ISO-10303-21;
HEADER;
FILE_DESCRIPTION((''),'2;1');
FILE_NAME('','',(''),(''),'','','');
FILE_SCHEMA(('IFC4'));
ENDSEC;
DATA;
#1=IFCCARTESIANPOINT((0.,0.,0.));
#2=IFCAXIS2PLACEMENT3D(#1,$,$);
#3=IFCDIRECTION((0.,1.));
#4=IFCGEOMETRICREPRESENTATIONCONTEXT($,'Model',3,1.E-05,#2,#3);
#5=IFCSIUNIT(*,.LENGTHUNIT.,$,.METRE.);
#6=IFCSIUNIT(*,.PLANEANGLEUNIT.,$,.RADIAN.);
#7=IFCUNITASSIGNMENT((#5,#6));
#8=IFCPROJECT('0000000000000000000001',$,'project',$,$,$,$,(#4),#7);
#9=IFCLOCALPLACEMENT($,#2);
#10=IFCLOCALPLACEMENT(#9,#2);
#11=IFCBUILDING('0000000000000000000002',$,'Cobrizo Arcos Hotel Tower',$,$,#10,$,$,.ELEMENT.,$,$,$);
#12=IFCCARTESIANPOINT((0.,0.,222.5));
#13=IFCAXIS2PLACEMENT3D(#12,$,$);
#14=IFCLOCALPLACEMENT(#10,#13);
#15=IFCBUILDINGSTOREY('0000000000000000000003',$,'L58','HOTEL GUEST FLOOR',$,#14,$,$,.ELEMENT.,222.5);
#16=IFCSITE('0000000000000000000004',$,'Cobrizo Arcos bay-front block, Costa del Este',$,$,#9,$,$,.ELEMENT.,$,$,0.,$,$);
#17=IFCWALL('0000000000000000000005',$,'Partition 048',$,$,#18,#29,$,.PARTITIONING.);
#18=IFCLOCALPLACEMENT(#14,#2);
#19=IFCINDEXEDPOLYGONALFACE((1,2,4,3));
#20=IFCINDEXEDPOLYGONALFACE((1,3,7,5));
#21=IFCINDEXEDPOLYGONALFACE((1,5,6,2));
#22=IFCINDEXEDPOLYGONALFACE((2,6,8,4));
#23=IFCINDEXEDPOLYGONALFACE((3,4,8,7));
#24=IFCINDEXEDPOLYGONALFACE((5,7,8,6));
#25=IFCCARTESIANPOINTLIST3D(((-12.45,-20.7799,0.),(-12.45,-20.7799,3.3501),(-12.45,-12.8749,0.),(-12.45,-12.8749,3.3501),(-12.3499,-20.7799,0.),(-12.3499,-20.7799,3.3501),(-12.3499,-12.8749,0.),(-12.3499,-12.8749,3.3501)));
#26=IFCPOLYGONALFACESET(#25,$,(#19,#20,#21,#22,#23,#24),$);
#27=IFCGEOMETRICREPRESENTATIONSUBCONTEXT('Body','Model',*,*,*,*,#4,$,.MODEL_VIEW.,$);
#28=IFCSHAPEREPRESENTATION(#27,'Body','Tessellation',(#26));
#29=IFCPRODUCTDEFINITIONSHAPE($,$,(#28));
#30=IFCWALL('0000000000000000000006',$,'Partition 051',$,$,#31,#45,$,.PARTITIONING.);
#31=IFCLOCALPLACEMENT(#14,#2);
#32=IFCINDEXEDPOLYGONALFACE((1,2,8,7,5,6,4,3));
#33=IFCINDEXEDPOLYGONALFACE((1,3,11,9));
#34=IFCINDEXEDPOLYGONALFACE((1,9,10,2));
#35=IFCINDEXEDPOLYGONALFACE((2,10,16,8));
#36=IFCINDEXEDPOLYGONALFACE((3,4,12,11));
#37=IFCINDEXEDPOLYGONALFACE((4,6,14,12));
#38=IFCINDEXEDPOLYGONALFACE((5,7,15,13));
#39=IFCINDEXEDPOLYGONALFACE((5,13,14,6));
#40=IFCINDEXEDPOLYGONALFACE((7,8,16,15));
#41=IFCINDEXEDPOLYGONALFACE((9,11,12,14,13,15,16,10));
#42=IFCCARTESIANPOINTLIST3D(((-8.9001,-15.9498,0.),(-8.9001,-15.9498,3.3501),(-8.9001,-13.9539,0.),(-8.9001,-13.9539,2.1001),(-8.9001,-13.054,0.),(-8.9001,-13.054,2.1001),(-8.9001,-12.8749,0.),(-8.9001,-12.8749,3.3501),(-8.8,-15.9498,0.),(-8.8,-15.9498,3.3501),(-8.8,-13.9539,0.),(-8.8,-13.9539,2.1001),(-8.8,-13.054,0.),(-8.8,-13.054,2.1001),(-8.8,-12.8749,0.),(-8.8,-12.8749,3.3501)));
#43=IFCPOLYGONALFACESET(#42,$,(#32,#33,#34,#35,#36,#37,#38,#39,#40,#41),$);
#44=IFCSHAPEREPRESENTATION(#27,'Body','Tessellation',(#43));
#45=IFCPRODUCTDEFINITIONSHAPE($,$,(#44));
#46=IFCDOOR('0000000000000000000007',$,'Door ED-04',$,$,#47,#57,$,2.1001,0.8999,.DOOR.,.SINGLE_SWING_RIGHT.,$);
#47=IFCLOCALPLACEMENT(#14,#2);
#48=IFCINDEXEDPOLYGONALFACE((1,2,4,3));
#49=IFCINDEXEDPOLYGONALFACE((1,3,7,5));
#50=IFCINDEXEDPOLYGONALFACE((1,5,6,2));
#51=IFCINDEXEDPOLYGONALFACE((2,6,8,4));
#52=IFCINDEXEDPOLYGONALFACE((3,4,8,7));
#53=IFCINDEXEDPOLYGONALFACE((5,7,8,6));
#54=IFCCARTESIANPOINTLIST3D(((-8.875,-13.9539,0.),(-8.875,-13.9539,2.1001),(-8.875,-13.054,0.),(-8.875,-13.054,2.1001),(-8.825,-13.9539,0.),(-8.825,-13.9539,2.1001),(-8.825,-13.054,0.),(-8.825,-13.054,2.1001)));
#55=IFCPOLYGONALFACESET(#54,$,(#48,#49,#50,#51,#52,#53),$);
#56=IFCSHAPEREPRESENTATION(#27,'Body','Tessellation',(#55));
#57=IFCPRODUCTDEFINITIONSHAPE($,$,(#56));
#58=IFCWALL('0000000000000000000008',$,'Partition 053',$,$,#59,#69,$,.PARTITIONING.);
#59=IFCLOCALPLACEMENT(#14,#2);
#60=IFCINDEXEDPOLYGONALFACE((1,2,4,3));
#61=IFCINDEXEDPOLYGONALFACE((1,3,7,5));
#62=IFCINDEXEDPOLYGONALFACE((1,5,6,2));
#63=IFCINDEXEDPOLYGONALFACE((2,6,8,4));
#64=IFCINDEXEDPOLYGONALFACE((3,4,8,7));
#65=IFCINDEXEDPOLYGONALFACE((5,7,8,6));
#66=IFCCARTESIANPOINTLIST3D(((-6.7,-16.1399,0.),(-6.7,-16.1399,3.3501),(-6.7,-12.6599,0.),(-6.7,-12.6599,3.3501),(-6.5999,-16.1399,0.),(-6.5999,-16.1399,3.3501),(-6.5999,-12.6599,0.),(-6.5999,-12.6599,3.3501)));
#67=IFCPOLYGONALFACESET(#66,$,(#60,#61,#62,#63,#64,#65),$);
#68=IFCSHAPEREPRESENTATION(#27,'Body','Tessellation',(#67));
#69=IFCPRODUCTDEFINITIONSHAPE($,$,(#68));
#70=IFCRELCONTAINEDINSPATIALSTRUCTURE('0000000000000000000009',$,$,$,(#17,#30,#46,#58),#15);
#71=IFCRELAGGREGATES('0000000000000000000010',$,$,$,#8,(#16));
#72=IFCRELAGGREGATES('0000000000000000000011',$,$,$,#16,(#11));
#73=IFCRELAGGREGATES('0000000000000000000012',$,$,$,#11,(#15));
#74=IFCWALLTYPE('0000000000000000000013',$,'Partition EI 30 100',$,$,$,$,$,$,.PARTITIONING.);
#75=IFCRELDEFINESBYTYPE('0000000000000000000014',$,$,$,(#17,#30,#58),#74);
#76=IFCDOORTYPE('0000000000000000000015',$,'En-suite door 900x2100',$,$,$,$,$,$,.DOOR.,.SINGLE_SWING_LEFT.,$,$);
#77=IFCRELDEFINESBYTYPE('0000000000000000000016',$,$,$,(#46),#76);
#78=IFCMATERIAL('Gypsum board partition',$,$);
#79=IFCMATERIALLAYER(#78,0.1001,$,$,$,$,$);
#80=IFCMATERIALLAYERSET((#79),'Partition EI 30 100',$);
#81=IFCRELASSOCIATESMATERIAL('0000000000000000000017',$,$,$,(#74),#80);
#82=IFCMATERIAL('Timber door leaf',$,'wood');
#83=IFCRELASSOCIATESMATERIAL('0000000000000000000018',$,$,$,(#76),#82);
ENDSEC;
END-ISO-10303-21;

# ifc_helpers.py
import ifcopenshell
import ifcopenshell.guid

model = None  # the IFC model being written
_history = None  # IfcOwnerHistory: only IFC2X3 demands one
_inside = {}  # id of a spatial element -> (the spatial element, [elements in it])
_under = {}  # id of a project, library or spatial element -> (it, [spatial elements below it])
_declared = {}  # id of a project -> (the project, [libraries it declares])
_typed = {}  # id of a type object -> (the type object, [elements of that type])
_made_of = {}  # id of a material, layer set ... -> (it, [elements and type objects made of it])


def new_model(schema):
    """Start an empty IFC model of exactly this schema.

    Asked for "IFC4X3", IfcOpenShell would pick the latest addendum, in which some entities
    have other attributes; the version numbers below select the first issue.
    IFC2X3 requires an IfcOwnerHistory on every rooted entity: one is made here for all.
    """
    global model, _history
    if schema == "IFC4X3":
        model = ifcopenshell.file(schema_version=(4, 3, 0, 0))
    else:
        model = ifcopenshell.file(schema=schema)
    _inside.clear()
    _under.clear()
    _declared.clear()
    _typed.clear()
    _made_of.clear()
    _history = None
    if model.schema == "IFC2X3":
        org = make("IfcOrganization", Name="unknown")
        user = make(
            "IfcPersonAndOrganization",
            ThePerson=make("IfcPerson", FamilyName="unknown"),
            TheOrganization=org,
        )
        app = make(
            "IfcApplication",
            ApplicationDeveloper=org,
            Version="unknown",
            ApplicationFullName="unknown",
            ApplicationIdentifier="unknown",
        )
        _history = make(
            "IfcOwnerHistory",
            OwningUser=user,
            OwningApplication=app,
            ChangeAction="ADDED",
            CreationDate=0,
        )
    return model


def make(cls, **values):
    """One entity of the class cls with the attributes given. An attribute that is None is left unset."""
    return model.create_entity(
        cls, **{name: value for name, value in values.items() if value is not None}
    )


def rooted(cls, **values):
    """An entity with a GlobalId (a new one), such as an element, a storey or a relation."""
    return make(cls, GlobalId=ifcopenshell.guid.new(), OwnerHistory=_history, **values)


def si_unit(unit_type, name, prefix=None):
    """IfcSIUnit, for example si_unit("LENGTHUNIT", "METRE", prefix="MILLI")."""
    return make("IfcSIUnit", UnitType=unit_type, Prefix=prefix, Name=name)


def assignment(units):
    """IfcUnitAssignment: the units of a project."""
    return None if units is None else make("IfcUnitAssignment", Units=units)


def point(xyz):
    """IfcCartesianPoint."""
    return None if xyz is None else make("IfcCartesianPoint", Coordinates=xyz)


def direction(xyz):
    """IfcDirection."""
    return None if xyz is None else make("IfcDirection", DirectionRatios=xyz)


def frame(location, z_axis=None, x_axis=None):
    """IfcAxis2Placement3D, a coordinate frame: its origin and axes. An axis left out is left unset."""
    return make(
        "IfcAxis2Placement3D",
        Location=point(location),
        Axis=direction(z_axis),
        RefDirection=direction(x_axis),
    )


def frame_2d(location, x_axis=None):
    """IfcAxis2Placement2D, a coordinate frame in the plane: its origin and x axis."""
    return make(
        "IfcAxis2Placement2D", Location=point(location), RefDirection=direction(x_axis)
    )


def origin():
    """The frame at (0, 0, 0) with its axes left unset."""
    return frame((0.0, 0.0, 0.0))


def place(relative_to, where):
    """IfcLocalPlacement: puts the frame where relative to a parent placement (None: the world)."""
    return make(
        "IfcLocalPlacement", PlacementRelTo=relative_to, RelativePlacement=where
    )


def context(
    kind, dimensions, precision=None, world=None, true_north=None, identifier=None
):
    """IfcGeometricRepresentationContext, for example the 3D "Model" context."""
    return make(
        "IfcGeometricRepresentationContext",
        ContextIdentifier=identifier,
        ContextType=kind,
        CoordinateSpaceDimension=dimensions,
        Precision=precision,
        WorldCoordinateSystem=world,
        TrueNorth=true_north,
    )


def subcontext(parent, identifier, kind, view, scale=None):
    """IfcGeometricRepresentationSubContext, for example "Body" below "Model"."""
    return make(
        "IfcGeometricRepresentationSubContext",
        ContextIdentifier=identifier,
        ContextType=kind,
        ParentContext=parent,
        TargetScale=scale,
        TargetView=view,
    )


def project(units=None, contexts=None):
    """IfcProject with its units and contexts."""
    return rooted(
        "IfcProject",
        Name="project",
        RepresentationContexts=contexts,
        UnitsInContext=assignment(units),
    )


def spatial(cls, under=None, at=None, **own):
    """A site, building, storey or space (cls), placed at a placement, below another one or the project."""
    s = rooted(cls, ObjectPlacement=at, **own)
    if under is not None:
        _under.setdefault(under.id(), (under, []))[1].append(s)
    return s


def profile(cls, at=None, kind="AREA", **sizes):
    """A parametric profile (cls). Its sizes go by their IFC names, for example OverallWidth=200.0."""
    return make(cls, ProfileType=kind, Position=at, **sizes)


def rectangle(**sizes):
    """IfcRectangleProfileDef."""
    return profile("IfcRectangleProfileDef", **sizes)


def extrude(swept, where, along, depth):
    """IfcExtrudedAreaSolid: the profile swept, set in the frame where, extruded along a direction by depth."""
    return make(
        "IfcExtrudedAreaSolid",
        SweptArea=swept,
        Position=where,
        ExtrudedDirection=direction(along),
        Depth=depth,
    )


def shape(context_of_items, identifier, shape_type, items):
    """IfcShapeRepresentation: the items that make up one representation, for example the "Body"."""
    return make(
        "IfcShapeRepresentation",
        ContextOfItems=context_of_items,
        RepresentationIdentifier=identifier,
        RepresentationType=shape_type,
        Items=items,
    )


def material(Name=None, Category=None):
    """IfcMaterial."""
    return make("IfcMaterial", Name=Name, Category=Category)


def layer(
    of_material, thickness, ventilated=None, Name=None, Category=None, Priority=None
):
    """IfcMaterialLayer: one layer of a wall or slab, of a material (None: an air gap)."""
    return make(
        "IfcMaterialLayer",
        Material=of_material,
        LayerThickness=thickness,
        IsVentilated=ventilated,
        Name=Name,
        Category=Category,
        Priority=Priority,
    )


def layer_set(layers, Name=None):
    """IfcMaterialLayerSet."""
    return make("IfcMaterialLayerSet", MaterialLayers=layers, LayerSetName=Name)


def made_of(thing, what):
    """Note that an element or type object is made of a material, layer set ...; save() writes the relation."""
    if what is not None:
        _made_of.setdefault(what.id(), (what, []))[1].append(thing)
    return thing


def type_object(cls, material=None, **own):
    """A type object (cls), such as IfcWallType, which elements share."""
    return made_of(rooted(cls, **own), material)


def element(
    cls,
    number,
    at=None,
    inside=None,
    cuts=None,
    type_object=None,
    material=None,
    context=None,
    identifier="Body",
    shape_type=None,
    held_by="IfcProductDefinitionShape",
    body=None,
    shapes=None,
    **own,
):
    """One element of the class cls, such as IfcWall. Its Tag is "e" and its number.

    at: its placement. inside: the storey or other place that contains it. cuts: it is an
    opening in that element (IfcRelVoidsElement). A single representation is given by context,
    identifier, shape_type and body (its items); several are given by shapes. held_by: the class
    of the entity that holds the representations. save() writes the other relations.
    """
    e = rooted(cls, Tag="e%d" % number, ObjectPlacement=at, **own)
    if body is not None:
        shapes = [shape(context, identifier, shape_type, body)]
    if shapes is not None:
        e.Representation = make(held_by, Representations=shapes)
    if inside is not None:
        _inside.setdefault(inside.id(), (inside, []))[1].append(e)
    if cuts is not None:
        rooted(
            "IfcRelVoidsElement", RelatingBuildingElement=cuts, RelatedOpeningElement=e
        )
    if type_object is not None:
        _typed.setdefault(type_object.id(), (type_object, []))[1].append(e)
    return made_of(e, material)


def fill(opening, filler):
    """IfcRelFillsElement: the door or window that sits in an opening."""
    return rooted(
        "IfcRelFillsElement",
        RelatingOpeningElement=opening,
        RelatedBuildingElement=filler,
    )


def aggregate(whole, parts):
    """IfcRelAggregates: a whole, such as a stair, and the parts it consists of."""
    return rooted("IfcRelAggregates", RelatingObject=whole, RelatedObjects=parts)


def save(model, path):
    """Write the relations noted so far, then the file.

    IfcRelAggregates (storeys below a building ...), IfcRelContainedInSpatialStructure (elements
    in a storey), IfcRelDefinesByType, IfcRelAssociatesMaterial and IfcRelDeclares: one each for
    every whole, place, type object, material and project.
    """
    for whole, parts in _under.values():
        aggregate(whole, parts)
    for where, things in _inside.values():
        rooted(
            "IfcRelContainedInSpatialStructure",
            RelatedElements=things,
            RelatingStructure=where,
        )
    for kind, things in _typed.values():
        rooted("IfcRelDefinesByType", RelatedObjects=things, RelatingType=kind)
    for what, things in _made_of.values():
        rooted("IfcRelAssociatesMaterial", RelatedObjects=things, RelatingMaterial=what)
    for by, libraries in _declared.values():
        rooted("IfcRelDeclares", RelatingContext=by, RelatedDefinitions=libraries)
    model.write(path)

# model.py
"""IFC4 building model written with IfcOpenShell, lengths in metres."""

from ifc_helpers import new_model, si_unit, direction, frame, frame_2d, origin, place, context, subcontext, project, spatial, rectangle, extrude, material, layer, layer_set, type_object, element, fill, save


model = new_model("IFC4")

# Units and contexts
model_context = context("Model", 3, precision=1e-05, world=origin(), true_north=direction((0.0, 1.0)))
body_context = subcontext(model_context, "Body", "Model", "MODEL_VIEW")
ifc_project = project(units=[si_unit("LENGTHUNIT", "METRE"), si_unit("PLANEANGLEUNIT", "RADIAN")], contexts=[model_context])

# Site, building, storey
site_placement = place(None, origin())
site = spatial("IfcSite", under=ifc_project, at=site_placement, Name="Cobrizo Arcos bay-front block, Costa del Este", CompositionType="ELEMENT", RefElevation=0.0)
building_placement = place(site_placement, origin())
building = spatial("IfcBuilding", under=site, at=building_placement, Name="Cobrizo Arcos Hotel Tower", CompositionType="ELEMENT")
storey_placement = place(building_placement, frame((0.0, 0.0, 222.5)))
storey = spatial("IfcBuildingStorey", under=building, at=storey_placement, Name="L58", Description="HOTEL GUEST FLOOR", CompositionType="ELEMENT", Elevation=222.5)

# Shared definitions
ifc_material_1 = material(Name="Gypsum board partition")
ifc_layer_1 = layer(ifc_material_1, 0.1001)
ifc_layer_set_1 = layer_set([ifc_layer_1], Name="Partition EI 30 100")
wall_type = type_object("IfcWallType", Name="Partition EI 30 100", PredefinedType="PARTITIONING", material=ifc_layer_set_1)
ifc_material_2 = material(Name="Timber door leaf", Category="wood")
door_type = type_object("IfcDoorType", Name="En-suite door 900x2100", OperationType="SINGLE_SWING_LEFT", PredefinedType="DOOR", material=ifc_material_2)

# Wall
wall_1_placement = place(storey_placement, frame((-12.3999, -20.78, 0.0), z_axis=(0.0, 0.0, 1.0), x_axis=(0.0, 1.0, 0.0)))
element("IfcWall", 1, at=wall_1_placement, inside=storey, type_object=wall_type, Name="Partition 048", PredefinedType="PARTITIONING", context=body_context, shape_type="SweptSolid", body=[
    extrude(rectangle(XDim=7.905, YDim=0.1001, at=frame_2d((3.9526, 0.0))), origin(), (0.0, 0.0, 1.0), 3.3501),
])

# Wall, opening, door
wall_2_placement = place(storey_placement, frame((-8.8501, -15.95, 0.0), z_axis=(0.0, 0.0, 1.0), x_axis=(0.0, 1.0, 0.0)))
wall_2 = element("IfcWall", 2, at=wall_2_placement, inside=storey, type_object=wall_type, Name="Partition 051", PredefinedType="PARTITIONING", context=body_context, shape_type="SweptSolid", body=[
    extrude(rectangle(XDim=3.075, YDim=0.1001, at=frame_2d((1.5376, 0.0))), origin(), (0.0, 0.0, 1.0), 3.3501),
])
opening_1_placement = place(wall_2_placement, frame((1.9961, 0.0, 0.0)))
opening_1 = element("IfcOpeningElement", 3, at=opening_1_placement, cuts=wall_2, PredefinedType="OPENING", context=body_context, shape_type="SweptSolid", body=[
    extrude(rectangle(XDim=0.8999, YDim=2.1001, at=frame_2d((0.45, 1.05))), frame((0.0, 0.062, 0.0), z_axis=(0.0, -1.0, 0.0), x_axis=(1.0, 0.0, 0.0)), (0.0, 0.0, 1.0), 0.124),
])
door_1_placement = place(opening_1_placement, origin())
door_1 = element("IfcDoor", 4, at=door_1_placement, inside=storey, type_object=door_type, Name="Door ED-04", OperationType="SINGLE_SWING_RIGHT", OverallHeight=2.1001, OverallWidth=0.8999, PredefinedType="DOOR", context=body_context, shape_type="SweptSolid", body=[
    extrude(rectangle(XDim=0.8999, YDim=2.1001, at=frame_2d((0.45, 1.05))), frame((0.0, 0.0249, 0.0), z_axis=(0.0, -1.0, 0.0), x_axis=(1.0, 0.0, 0.0)), (0.0, 0.0, 1.0), 0.05),
])
fill(opening_1, door_1)

# Wall
wall_3_placement = place(storey_placement, frame((-6.6499, -16.1399, 0.0), z_axis=(0.0, 0.0, 1.0), x_axis=(0.0, 1.0, 0.0)))
element("IfcWall", 5, at=wall_3_placement, inside=storey, type_object=wall_type, Name="Partition 053", PredefinedType="PARTITIONING", context=body_context, shape_type="SweptSolid", body=[
    extrude(rectangle(XDim=3.48, YDim=0.1001, at=frame_2d((1.74, 0.0))), origin(), (0.0, 0.0, 1.0), 3.3501),
])

save(model, "model.ifc")
